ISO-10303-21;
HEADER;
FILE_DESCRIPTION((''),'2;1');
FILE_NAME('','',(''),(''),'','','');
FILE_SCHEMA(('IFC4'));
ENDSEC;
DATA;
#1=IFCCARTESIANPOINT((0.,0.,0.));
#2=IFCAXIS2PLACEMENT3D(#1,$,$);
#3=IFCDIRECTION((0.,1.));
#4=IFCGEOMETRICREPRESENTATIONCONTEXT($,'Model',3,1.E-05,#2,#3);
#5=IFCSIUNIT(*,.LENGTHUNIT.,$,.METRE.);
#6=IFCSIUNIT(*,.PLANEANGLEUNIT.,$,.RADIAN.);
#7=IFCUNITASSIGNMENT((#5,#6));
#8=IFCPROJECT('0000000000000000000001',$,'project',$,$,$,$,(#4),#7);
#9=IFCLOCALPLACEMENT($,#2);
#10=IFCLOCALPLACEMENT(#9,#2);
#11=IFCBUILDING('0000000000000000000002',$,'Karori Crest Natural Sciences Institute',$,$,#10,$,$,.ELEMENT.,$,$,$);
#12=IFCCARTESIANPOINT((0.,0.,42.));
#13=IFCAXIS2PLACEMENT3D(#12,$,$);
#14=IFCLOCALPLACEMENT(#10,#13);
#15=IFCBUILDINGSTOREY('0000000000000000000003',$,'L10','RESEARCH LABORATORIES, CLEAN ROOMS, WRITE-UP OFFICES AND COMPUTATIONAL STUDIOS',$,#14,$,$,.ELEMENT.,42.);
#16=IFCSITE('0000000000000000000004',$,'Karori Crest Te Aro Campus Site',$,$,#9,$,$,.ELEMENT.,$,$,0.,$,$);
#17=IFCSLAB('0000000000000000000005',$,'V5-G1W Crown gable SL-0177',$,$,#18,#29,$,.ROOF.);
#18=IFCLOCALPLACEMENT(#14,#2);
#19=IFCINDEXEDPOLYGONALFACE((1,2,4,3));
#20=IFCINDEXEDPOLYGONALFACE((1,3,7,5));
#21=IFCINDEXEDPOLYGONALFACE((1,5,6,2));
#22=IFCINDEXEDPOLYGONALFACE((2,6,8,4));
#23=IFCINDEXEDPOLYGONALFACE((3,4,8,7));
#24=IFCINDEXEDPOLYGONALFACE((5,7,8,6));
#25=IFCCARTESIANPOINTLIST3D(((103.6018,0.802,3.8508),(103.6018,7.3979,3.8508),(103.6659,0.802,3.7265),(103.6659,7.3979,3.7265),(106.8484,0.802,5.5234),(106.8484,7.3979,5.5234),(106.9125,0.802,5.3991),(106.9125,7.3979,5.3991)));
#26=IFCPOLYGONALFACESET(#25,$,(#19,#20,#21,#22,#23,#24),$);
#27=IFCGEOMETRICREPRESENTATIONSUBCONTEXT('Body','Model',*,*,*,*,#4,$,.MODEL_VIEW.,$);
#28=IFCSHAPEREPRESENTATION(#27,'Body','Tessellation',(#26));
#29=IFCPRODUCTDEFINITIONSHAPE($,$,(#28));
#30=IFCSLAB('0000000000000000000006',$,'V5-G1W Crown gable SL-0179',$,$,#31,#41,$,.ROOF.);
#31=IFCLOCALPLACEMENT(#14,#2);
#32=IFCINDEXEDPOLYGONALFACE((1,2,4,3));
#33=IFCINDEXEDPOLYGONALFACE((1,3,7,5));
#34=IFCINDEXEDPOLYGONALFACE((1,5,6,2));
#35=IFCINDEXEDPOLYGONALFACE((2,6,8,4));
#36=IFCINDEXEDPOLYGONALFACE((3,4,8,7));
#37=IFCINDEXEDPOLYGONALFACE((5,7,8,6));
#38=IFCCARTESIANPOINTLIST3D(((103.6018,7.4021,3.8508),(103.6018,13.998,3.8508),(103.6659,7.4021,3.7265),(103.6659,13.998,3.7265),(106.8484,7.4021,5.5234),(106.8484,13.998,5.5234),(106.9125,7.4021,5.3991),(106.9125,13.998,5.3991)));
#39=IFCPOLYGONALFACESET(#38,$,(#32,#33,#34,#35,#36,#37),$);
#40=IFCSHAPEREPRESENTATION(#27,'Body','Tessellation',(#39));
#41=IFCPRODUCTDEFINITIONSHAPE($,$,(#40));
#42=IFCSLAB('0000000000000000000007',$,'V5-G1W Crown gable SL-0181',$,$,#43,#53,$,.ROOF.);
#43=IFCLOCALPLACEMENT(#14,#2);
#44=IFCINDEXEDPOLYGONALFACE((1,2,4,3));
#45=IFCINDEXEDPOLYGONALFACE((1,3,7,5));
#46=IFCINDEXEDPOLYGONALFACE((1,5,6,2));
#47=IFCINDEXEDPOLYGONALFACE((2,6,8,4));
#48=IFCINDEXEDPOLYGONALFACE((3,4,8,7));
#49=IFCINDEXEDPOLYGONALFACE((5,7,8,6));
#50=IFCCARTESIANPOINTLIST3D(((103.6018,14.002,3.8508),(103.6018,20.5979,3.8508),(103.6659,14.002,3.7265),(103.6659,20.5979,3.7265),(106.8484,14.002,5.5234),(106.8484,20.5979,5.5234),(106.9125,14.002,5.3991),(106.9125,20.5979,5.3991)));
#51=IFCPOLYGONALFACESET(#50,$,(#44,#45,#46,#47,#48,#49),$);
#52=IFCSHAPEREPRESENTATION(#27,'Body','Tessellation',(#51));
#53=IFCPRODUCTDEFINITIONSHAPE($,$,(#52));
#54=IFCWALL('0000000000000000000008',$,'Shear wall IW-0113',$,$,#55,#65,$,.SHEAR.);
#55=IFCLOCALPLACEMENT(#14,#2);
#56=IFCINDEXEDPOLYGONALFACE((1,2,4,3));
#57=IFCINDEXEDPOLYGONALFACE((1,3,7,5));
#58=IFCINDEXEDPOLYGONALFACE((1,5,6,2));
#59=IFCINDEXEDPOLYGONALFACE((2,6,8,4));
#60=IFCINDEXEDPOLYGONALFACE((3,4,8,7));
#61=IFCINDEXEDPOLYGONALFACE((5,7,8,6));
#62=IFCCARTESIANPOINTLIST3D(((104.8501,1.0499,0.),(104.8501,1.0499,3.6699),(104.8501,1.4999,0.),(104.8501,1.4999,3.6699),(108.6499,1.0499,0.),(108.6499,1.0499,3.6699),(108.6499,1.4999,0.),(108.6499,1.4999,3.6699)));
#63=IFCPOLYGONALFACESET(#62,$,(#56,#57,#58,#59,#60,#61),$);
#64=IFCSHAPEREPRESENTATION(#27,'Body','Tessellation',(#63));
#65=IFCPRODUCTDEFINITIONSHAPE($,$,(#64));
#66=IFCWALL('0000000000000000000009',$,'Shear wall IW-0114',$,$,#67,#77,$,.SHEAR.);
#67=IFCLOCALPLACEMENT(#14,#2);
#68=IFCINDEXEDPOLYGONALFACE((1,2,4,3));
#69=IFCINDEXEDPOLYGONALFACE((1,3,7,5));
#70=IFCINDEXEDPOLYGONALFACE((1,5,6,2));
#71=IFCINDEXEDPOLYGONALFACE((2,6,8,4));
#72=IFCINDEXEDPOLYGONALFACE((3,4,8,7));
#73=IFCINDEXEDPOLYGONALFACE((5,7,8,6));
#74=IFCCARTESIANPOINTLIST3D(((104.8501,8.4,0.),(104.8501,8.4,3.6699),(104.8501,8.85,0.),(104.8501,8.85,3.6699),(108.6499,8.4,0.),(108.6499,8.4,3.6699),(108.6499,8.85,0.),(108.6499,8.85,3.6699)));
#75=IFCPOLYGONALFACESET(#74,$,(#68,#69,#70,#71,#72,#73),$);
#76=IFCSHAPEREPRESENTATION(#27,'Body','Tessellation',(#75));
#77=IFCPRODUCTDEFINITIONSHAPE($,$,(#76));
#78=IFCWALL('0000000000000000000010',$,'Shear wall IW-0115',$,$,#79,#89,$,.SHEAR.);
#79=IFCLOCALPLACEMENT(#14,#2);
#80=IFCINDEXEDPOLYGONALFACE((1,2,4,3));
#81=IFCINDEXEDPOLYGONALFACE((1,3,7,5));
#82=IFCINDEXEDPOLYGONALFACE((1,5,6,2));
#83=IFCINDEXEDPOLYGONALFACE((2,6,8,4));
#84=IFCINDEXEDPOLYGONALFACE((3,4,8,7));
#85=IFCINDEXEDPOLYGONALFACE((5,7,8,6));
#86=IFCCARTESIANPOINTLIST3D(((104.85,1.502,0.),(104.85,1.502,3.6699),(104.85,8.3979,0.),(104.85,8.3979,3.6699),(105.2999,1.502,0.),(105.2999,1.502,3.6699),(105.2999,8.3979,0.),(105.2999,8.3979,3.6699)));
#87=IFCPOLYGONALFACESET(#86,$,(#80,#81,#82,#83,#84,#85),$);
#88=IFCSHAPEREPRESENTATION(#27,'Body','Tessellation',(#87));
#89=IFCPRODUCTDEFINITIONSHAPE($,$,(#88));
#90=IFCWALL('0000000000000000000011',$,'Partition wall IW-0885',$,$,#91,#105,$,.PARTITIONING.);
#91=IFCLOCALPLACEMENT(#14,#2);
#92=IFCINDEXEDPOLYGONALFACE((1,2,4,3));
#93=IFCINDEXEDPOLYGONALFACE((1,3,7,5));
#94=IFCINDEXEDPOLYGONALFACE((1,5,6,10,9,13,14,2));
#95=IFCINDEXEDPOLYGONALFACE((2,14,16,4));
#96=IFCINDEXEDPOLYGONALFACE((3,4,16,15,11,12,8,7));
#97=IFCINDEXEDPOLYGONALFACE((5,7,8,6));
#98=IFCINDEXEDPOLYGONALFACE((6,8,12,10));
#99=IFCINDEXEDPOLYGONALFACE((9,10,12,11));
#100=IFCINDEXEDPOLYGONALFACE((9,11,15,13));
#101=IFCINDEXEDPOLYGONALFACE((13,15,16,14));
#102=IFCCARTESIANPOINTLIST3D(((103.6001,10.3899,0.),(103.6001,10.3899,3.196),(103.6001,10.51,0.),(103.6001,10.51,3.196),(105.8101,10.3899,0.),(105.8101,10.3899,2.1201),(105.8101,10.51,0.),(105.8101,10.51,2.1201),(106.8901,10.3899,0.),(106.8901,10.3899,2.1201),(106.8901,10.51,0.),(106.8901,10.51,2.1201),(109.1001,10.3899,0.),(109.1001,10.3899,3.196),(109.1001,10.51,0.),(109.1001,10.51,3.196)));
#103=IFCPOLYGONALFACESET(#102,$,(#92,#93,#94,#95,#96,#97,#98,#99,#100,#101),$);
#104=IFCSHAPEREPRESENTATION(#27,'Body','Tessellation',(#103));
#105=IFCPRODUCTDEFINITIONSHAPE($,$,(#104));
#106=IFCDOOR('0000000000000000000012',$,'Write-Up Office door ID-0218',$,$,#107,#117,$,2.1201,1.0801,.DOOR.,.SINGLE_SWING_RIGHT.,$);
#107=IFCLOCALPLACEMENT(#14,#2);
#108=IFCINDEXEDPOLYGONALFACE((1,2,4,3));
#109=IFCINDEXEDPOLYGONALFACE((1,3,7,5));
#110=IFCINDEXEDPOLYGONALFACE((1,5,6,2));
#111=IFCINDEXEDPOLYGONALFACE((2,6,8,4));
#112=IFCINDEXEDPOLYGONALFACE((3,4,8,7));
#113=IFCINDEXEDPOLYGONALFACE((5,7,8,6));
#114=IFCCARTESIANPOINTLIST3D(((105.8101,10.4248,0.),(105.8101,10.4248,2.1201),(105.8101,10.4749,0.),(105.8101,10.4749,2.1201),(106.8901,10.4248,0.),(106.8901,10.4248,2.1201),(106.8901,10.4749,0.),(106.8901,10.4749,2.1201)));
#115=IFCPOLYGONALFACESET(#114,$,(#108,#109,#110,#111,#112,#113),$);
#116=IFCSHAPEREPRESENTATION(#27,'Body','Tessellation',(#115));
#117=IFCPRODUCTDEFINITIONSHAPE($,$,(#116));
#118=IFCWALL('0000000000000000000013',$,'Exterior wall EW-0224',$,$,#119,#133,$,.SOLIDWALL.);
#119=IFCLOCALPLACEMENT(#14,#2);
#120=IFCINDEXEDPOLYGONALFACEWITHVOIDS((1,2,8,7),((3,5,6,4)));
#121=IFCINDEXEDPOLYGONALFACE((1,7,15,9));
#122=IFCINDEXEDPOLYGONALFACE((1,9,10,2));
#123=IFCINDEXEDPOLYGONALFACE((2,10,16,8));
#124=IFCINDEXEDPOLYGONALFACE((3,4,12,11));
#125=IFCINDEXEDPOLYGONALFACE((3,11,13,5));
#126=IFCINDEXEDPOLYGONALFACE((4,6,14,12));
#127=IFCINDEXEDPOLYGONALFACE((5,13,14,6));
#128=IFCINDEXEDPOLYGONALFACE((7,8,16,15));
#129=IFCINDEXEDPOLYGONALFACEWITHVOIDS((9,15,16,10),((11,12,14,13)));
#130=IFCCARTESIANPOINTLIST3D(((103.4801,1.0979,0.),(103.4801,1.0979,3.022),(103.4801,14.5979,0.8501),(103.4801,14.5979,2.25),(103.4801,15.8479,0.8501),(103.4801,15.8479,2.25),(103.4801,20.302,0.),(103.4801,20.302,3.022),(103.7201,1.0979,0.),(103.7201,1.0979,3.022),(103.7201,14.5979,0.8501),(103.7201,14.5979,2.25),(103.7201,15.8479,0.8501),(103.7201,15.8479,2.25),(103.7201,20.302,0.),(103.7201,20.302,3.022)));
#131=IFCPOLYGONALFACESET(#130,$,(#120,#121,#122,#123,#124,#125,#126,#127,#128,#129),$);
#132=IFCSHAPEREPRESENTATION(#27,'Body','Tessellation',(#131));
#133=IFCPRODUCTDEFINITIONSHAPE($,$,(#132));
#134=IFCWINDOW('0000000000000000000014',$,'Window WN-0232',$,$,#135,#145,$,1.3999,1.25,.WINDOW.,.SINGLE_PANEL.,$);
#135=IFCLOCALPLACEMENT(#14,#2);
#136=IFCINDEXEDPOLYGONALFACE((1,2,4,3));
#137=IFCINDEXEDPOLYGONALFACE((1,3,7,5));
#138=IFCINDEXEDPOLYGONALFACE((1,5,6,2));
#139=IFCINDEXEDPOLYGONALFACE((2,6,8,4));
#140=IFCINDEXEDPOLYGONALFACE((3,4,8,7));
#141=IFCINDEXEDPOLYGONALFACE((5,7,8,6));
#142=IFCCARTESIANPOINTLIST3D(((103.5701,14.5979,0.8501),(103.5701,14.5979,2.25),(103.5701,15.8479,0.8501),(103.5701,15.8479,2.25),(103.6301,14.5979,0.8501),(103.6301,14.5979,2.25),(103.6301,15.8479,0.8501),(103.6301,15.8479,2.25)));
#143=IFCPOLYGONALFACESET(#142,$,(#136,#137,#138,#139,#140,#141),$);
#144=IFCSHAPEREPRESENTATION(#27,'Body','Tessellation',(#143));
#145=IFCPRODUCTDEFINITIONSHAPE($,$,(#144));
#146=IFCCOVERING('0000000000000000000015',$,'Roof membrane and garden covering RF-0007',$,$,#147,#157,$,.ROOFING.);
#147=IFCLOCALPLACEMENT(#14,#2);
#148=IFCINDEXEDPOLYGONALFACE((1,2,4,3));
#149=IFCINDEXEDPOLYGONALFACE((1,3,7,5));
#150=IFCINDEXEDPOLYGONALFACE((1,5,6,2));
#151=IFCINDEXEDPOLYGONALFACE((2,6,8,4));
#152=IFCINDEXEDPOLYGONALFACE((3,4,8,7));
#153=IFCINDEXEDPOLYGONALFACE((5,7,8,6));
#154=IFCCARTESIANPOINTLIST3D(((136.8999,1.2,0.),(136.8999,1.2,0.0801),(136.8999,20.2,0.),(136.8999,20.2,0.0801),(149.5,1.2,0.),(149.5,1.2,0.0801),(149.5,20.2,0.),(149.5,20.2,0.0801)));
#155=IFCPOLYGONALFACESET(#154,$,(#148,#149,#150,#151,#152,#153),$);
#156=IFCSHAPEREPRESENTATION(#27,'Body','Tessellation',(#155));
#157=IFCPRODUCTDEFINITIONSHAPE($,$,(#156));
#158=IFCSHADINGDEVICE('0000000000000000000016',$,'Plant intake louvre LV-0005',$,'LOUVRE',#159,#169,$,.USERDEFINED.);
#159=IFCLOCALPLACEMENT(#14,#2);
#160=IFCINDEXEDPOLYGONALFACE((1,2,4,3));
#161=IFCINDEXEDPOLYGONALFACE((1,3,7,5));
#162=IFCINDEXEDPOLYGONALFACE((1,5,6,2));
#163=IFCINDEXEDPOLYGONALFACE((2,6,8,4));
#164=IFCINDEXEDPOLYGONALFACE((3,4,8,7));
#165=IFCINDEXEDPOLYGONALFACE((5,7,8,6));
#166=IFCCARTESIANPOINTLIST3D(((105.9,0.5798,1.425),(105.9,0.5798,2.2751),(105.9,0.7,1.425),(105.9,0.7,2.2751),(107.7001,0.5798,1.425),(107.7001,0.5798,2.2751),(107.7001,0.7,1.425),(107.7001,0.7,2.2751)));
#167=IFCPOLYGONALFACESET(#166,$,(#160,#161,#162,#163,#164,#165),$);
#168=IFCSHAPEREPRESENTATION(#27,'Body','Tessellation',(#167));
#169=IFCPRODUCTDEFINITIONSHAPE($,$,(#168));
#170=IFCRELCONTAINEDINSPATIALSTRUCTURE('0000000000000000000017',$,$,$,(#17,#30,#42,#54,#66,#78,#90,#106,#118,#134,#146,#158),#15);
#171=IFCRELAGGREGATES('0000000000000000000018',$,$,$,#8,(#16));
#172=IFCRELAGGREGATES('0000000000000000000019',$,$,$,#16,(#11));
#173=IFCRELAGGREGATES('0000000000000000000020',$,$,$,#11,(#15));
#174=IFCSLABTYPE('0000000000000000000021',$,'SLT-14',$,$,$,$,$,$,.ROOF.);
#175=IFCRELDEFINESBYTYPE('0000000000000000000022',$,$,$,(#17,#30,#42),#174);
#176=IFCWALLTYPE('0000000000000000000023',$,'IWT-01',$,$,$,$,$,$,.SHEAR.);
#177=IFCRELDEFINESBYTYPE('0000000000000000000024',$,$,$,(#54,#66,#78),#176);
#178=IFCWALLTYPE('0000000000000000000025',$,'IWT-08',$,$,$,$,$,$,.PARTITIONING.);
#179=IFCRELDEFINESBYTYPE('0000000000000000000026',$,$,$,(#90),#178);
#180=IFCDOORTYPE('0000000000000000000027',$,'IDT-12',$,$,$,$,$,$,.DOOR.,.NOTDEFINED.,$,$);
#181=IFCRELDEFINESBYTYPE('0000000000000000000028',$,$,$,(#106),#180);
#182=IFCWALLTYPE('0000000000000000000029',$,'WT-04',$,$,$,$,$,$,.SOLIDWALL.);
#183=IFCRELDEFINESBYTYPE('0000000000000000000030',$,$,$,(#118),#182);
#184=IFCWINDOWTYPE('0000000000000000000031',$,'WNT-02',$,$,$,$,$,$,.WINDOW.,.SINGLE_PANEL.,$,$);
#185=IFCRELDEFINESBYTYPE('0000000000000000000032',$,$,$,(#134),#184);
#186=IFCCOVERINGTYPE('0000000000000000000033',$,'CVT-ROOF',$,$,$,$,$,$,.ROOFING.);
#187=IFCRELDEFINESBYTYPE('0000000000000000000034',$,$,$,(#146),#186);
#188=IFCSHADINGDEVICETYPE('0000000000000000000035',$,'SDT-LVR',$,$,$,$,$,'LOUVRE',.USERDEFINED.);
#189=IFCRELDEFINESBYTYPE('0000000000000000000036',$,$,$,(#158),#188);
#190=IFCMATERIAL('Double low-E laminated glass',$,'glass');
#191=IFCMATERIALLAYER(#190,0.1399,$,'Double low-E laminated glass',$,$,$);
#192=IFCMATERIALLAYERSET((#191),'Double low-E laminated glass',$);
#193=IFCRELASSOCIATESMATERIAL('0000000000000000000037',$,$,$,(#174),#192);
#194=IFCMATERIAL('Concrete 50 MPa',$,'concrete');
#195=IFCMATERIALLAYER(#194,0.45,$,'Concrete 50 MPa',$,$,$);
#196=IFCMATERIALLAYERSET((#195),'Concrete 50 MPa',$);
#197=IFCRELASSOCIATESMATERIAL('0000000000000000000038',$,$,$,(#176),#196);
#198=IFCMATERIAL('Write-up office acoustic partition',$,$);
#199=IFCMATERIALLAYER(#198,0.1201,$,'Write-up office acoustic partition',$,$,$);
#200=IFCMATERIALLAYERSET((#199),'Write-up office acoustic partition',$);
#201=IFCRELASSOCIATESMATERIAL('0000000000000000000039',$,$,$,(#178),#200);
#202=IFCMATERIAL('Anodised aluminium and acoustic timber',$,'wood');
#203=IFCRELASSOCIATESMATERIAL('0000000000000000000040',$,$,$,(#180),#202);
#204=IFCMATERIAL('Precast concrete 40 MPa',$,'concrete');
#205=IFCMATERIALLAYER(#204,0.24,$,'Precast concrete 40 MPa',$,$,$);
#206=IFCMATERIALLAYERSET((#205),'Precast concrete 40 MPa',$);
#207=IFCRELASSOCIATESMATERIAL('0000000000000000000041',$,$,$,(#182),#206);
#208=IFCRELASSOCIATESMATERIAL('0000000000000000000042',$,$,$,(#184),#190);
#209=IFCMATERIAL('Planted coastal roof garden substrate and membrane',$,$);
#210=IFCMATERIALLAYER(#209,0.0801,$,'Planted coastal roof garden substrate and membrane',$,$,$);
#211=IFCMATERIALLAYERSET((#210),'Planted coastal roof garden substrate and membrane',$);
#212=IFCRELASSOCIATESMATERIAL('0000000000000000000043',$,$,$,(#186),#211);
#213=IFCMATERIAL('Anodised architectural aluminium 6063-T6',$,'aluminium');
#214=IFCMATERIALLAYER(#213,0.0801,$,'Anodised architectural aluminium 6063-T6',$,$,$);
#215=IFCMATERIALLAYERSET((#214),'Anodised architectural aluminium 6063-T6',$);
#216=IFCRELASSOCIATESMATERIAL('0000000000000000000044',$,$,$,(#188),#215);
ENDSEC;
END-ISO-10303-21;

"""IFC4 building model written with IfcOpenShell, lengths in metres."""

from ifc_helpers import new_model, si_unit, direction, frame, frame_2d, origin, origin_2d, place, context, subcontext, project, spatial, polyline, rectangle, outline, extrude, material, layer, layer_set, type_object, element, fill, save


model = new_model("IFC4")

# Units and contexts
model_context = context("Model", 3, precision=1e-05, world=origin(), true_north=direction((0.0, 1.0)))
body_context = subcontext(model_context, "Body", "Model", "MODEL_VIEW")
ifc_project = project(units=[si_unit("LENGTHUNIT", "METRE"), si_unit("PLANEANGLEUNIT", "RADIAN")], contexts=[model_context])

# Site, building, storey
site_placement = place(None, origin())
site = spatial("IfcSite", under=ifc_project, at=site_placement, Name="Karori Crest Te Aro Campus Site", CompositionType="ELEMENT", RefElevation=0.0)
building_placement = place(site_placement, origin())
building = spatial("IfcBuilding", under=site, at=building_placement, Name="Karori Crest Natural Sciences Institute", CompositionType="ELEMENT")
storey_placement = place(building_placement, frame((0.0, 0.0, 42.0)))
storey = spatial("IfcBuildingStorey", under=building, at=storey_placement, Name="L10", Description="RESEARCH LABORATORIES, CLEAN ROOMS, WRITE-UP OFFICES AND COMPUTATIONAL STUDIOS", CompositionType="ELEMENT", Elevation=42.0)

# Shared definitions
ifc_material_1 = material(Name="Concrete 50 MPa", Category="concrete")

# Shared definitions
ifc_material_2 = material(Name="Anodised architectural aluminium 6063-T6", Category="aluminium")

# Shared definitions
ifc_material_3 = material(Name="Double low-E laminated glass", Category="glass")

# Slabs
ifc_layer_1 = layer(ifc_material_3, 0.1399, Name="Double low-E laminated glass")
ifc_layer_set_1 = layer_set([ifc_layer_1], Name="Double low-E laminated glass")
slab_type_1 = type_object("IfcSlabType", Name="SLT-14", PredefinedType="ROOF", material=ifc_layer_set_1)
for number, where, z_axis, x_axis, name in (
    (1, (103.6018, 0.802, 3.8508), (-0.457984, 0.0, 0.888961), (0.888961, 0.0, 0.457984), "V5-G1W Crown gable SL-0177"),
    (2, (103.6018, 7.4021, 3.8508), (-0.457984, 0.0, 0.888961), (0.888961, 0.0, 0.457984), "V5-G1W Crown gable SL-0179"),
    (3, (103.6018, 14.002, 3.8508), (-0.457984, 0.0, 0.888961), (0.888961, 0.0, 0.457984), "V5-G1W Crown gable SL-0181"),
):
    element("IfcSlab", number, at=place(storey_placement, frame(where, z_axis=z_axis, x_axis=x_axis)), inside=storey, type_object=slab_type_1, Name=name, PredefinedType="ROOF", context=body_context, shape_type="SweptSolid", body=[
        extrude(outline(polyline([(0.0, 0.0), (3.6521, 0.0), (3.6521, 6.5959), (0.0, 6.5959), (0.0, 0.0)])), origin(), (0.0, 0.0, -1.0), 0.1399),
    ])

# Walls
ifc_layer_2 = layer(ifc_material_1, 0.45, Name="Concrete 50 MPa")
ifc_layer_set_2 = layer_set([ifc_layer_2], Name="Concrete 50 MPa")
wall_type_1 = type_object("IfcWallType", Name="IWT-01", PredefinedType="SHEAR", material=ifc_layer_set_2)
for number, where, z_axis, x_axis, name in (
    (4, (104.8501, 1.2749, 0.0), (0.0, 0.0, 1.0), (1.0, 0.0, 0.0), "Shear wall IW-0113"),
    (5, (104.8501, 8.625, 0.0), (0.0, 0.0, 1.0), (1.0, 0.0, 0.0), "Shear wall IW-0114"),
):
    element("IfcWall", number, at=place(storey_placement, frame(where, z_axis=z_axis, x_axis=x_axis)), inside=storey, type_object=wall_type_1, Name=name, PredefinedType="SHEAR", context=body_context, shape_type="SweptSolid", body=[
        extrude(rectangle(XDim=3.7998, YDim=0.45, at=frame_2d((1.8999, 0.0))), origin(), (0.0, 0.0, 1.0), 3.6699),
    ])
wall_1_placement = place(storey_placement, frame((105.075, 1.502, 0.0), z_axis=(0.0, 0.0, 1.0), x_axis=(0.0, 1.0, 0.0)))
element("IfcWall", 6, at=wall_1_placement, inside=storey, type_object=wall_type_1, Name="Shear wall IW-0115", PredefinedType="SHEAR", context=body_context, shape_type="SweptSolid", body=[
    extrude(rectangle(XDim=6.896, YDim=0.45, at=frame_2d((3.448, 0.0))), origin(), (0.0, 0.0, 1.0), 3.6699),
])

# Wall, opening, door
ifc_material_4 = material(Name="Write-up office acoustic partition")
ifc_layer_3 = layer(ifc_material_4, 0.1201, Name="Write-up office acoustic partition")
ifc_layer_set_3 = layer_set([ifc_layer_3], Name="Write-up office acoustic partition")
wall_type_2 = type_object("IfcWallType", Name="IWT-08", PredefinedType="PARTITIONING", material=ifc_layer_set_3)
wall_2_placement = place(storey_placement, frame((103.6001, 10.45, 0.0), z_axis=(0.0, 0.0, 1.0), x_axis=(1.0, 0.0, 0.0)))
wall_2 = element("IfcWall", 7, at=wall_2_placement, inside=storey, type_object=wall_type_2, Name="Partition wall IW-0885", PredefinedType="PARTITIONING", context=body_context, shape_type="SweptSolid", body=[
    extrude(rectangle(XDim=5.5, YDim=0.1201, at=frame_2d((2.75, 0.0))), origin(), (0.0, 0.0, 1.0), 3.196),
])
opening_1_placement = place(wall_2_placement, frame((2.21, 0.0, 0.0)))
opening_1 = element("IfcOpeningElement", 8, at=opening_1_placement, cuts=wall_2, PredefinedType="OPENING", context=body_context, shape_type="SweptSolid", body=[
    extrude(rectangle(XDim=1.0801, YDim=2.1201, at=frame_2d((0.54, 1.0601))), frame((0.0, 0.0701, 0.0), z_axis=(0.0, -1.0, 0.0), x_axis=(1.0, 0.0, 0.0)), (0.0, 0.0, 1.0), 0.1401),
])
ifc_material_5 = material(Name="Anodised aluminium and acoustic timber", Category="wood")
door_type = type_object("IfcDoorType", Name="IDT-12", OperationType="NOTDEFINED", PredefinedType="DOOR", material=ifc_material_5)
door_placement = place(opening_1_placement, origin())
door = element("IfcDoor", 9, at=door_placement, inside=storey, type_object=door_type, Name="Write-Up Office door ID-0218", OperationType="SINGLE_SWING_RIGHT", OverallHeight=2.1201, OverallWidth=1.0801, PredefinedType="DOOR", context=body_context, shape_type="SweptSolid", body=[
    extrude(rectangle(XDim=1.0801, YDim=2.1201, at=frame_2d((0.54, 1.0601))), frame((0.0, 0.0249, 0.0), z_axis=(0.0, -1.0, 0.0), x_axis=(1.0, 0.0, 0.0)), (0.0, 0.0, 1.0), 0.05),
])
fill(opening_1, door)

# Wall, opening, window
ifc_material_6 = material(Name="Precast concrete 40 MPa", Category="concrete")
ifc_layer_4 = layer(ifc_material_6, 0.24, Name="Precast concrete 40 MPa")
ifc_layer_set_4 = layer_set([ifc_layer_4], Name="Precast concrete 40 MPa")
wall_type_3 = type_object("IfcWallType", Name="WT-04", PredefinedType="SOLIDWALL", material=ifc_layer_set_4)
wall_3_placement = place(storey_placement, frame((103.6001, 1.0979, 0.0), z_axis=(0.0, 0.0, 1.0), x_axis=(0.0, 1.0, 0.0)))
wall_3 = element("IfcWall", 10, at=wall_3_placement, inside=storey, type_object=wall_type_3, Name="Exterior wall EW-0224", PredefinedType="SOLIDWALL", context=body_context, shape_type="SweptSolid", body=[
    extrude(rectangle(XDim=19.2041, YDim=0.24, at=frame_2d((9.6021, 0.0))), origin(), (0.0, 0.0, 1.0), 3.022),
])
opening_2_placement = place(wall_3_placement, frame((13.5, 0.0, 0.8501)))
opening_2 = element("IfcOpeningElement", 11, at=opening_2_placement, cuts=wall_3, PredefinedType="OPENING", context=body_context, shape_type="SweptSolid", body=[
    extrude(rectangle(XDim=1.25, YDim=1.3999, at=frame_2d((0.625, 0.7))), frame((0.0, 0.1299, 0.0), z_axis=(0.0, -1.0, 0.0), x_axis=(1.0, 0.0, 0.0)), (0.0, 0.0, 1.0), 0.26),
])
window_type = type_object("IfcWindowType", Name="WNT-02", PartitioningType="SINGLE_PANEL", PredefinedType="WINDOW", material=ifc_material_3)
window_placement = place(opening_2_placement, origin())
window = element("IfcWindow", 12, at=window_placement, inside=storey, type_object=window_type, Name="Window WN-0232", OverallHeight=1.3999, OverallWidth=1.25, PartitioningType="SINGLE_PANEL", PredefinedType="WINDOW", context=body_context, shape_type="SweptSolid", body=[
    extrude(rectangle(XDim=1.25, YDim=1.3999, at=frame_2d((0.625, 0.7))), frame((0.0, 0.03, 0.0), z_axis=(0.0, -1.0, 0.0), x_axis=(1.0, 0.0, 0.0)), (0.0, 0.0, 1.0), 0.0601),
])
fill(opening_2, window)

# Covering
ifc_material_7 = material(Name="Planted coastal roof garden substrate and membrane")
ifc_layer_5 = layer(ifc_material_7, 0.0801, Name="Planted coastal roof garden substrate and membrane")
ifc_layer_set_5 = layer_set([ifc_layer_5], Name="Planted coastal roof garden substrate and membrane")
covering_type = type_object("IfcCoveringType", Name="CVT-ROOF", PredefinedType="ROOFING", material=ifc_layer_set_5)
covering_placement = place(storey_placement, origin())
element("IfcCovering", 13, at=covering_placement, inside=storey, type_object=covering_type, Name="Roof membrane and garden covering RF-0007", PredefinedType="ROOFING", context=body_context, shape_type="SweptSolid", body=[
    extrude(outline(polyline([(136.8999, 1.2), (149.5, 1.2), (149.5, 20.2), (136.8999, 20.2), (136.8999, 1.2)])), origin(), (0.0, 0.0, 1.0), 0.0801),
])

# Shading device
ifc_layer_6 = layer(ifc_material_2, 0.0801, Name="Anodised architectural aluminium 6063-T6")
ifc_layer_set_6 = layer_set([ifc_layer_6], Name="Anodised architectural aluminium 6063-T6")
shading_device_type = type_object("IfcShadingDeviceType", Name="SDT-LVR", ElementType="LOUVRE", PredefinedType="USERDEFINED", material=ifc_layer_set_6)
shading_device_placement = place(storey_placement, frame((106.8, 0.6399, 1.425), z_axis=(0.0, 0.0, 1.0), x_axis=(1.0, 0.0, 0.0)))
element("IfcShadingDevice", 14, at=shading_device_placement, inside=storey, type_object=shading_device_type, Name="Plant intake louvre LV-0005", ObjectType="LOUVRE", PredefinedType="USERDEFINED", context=body_context, shape_type="SweptSolid", body=[
    extrude(rectangle(XDim=1.8, YDim=0.1201, at=origin_2d()), origin(), (0.0, 0.0, 1.0), 0.8501),
])

save(model, "model.ifc")
